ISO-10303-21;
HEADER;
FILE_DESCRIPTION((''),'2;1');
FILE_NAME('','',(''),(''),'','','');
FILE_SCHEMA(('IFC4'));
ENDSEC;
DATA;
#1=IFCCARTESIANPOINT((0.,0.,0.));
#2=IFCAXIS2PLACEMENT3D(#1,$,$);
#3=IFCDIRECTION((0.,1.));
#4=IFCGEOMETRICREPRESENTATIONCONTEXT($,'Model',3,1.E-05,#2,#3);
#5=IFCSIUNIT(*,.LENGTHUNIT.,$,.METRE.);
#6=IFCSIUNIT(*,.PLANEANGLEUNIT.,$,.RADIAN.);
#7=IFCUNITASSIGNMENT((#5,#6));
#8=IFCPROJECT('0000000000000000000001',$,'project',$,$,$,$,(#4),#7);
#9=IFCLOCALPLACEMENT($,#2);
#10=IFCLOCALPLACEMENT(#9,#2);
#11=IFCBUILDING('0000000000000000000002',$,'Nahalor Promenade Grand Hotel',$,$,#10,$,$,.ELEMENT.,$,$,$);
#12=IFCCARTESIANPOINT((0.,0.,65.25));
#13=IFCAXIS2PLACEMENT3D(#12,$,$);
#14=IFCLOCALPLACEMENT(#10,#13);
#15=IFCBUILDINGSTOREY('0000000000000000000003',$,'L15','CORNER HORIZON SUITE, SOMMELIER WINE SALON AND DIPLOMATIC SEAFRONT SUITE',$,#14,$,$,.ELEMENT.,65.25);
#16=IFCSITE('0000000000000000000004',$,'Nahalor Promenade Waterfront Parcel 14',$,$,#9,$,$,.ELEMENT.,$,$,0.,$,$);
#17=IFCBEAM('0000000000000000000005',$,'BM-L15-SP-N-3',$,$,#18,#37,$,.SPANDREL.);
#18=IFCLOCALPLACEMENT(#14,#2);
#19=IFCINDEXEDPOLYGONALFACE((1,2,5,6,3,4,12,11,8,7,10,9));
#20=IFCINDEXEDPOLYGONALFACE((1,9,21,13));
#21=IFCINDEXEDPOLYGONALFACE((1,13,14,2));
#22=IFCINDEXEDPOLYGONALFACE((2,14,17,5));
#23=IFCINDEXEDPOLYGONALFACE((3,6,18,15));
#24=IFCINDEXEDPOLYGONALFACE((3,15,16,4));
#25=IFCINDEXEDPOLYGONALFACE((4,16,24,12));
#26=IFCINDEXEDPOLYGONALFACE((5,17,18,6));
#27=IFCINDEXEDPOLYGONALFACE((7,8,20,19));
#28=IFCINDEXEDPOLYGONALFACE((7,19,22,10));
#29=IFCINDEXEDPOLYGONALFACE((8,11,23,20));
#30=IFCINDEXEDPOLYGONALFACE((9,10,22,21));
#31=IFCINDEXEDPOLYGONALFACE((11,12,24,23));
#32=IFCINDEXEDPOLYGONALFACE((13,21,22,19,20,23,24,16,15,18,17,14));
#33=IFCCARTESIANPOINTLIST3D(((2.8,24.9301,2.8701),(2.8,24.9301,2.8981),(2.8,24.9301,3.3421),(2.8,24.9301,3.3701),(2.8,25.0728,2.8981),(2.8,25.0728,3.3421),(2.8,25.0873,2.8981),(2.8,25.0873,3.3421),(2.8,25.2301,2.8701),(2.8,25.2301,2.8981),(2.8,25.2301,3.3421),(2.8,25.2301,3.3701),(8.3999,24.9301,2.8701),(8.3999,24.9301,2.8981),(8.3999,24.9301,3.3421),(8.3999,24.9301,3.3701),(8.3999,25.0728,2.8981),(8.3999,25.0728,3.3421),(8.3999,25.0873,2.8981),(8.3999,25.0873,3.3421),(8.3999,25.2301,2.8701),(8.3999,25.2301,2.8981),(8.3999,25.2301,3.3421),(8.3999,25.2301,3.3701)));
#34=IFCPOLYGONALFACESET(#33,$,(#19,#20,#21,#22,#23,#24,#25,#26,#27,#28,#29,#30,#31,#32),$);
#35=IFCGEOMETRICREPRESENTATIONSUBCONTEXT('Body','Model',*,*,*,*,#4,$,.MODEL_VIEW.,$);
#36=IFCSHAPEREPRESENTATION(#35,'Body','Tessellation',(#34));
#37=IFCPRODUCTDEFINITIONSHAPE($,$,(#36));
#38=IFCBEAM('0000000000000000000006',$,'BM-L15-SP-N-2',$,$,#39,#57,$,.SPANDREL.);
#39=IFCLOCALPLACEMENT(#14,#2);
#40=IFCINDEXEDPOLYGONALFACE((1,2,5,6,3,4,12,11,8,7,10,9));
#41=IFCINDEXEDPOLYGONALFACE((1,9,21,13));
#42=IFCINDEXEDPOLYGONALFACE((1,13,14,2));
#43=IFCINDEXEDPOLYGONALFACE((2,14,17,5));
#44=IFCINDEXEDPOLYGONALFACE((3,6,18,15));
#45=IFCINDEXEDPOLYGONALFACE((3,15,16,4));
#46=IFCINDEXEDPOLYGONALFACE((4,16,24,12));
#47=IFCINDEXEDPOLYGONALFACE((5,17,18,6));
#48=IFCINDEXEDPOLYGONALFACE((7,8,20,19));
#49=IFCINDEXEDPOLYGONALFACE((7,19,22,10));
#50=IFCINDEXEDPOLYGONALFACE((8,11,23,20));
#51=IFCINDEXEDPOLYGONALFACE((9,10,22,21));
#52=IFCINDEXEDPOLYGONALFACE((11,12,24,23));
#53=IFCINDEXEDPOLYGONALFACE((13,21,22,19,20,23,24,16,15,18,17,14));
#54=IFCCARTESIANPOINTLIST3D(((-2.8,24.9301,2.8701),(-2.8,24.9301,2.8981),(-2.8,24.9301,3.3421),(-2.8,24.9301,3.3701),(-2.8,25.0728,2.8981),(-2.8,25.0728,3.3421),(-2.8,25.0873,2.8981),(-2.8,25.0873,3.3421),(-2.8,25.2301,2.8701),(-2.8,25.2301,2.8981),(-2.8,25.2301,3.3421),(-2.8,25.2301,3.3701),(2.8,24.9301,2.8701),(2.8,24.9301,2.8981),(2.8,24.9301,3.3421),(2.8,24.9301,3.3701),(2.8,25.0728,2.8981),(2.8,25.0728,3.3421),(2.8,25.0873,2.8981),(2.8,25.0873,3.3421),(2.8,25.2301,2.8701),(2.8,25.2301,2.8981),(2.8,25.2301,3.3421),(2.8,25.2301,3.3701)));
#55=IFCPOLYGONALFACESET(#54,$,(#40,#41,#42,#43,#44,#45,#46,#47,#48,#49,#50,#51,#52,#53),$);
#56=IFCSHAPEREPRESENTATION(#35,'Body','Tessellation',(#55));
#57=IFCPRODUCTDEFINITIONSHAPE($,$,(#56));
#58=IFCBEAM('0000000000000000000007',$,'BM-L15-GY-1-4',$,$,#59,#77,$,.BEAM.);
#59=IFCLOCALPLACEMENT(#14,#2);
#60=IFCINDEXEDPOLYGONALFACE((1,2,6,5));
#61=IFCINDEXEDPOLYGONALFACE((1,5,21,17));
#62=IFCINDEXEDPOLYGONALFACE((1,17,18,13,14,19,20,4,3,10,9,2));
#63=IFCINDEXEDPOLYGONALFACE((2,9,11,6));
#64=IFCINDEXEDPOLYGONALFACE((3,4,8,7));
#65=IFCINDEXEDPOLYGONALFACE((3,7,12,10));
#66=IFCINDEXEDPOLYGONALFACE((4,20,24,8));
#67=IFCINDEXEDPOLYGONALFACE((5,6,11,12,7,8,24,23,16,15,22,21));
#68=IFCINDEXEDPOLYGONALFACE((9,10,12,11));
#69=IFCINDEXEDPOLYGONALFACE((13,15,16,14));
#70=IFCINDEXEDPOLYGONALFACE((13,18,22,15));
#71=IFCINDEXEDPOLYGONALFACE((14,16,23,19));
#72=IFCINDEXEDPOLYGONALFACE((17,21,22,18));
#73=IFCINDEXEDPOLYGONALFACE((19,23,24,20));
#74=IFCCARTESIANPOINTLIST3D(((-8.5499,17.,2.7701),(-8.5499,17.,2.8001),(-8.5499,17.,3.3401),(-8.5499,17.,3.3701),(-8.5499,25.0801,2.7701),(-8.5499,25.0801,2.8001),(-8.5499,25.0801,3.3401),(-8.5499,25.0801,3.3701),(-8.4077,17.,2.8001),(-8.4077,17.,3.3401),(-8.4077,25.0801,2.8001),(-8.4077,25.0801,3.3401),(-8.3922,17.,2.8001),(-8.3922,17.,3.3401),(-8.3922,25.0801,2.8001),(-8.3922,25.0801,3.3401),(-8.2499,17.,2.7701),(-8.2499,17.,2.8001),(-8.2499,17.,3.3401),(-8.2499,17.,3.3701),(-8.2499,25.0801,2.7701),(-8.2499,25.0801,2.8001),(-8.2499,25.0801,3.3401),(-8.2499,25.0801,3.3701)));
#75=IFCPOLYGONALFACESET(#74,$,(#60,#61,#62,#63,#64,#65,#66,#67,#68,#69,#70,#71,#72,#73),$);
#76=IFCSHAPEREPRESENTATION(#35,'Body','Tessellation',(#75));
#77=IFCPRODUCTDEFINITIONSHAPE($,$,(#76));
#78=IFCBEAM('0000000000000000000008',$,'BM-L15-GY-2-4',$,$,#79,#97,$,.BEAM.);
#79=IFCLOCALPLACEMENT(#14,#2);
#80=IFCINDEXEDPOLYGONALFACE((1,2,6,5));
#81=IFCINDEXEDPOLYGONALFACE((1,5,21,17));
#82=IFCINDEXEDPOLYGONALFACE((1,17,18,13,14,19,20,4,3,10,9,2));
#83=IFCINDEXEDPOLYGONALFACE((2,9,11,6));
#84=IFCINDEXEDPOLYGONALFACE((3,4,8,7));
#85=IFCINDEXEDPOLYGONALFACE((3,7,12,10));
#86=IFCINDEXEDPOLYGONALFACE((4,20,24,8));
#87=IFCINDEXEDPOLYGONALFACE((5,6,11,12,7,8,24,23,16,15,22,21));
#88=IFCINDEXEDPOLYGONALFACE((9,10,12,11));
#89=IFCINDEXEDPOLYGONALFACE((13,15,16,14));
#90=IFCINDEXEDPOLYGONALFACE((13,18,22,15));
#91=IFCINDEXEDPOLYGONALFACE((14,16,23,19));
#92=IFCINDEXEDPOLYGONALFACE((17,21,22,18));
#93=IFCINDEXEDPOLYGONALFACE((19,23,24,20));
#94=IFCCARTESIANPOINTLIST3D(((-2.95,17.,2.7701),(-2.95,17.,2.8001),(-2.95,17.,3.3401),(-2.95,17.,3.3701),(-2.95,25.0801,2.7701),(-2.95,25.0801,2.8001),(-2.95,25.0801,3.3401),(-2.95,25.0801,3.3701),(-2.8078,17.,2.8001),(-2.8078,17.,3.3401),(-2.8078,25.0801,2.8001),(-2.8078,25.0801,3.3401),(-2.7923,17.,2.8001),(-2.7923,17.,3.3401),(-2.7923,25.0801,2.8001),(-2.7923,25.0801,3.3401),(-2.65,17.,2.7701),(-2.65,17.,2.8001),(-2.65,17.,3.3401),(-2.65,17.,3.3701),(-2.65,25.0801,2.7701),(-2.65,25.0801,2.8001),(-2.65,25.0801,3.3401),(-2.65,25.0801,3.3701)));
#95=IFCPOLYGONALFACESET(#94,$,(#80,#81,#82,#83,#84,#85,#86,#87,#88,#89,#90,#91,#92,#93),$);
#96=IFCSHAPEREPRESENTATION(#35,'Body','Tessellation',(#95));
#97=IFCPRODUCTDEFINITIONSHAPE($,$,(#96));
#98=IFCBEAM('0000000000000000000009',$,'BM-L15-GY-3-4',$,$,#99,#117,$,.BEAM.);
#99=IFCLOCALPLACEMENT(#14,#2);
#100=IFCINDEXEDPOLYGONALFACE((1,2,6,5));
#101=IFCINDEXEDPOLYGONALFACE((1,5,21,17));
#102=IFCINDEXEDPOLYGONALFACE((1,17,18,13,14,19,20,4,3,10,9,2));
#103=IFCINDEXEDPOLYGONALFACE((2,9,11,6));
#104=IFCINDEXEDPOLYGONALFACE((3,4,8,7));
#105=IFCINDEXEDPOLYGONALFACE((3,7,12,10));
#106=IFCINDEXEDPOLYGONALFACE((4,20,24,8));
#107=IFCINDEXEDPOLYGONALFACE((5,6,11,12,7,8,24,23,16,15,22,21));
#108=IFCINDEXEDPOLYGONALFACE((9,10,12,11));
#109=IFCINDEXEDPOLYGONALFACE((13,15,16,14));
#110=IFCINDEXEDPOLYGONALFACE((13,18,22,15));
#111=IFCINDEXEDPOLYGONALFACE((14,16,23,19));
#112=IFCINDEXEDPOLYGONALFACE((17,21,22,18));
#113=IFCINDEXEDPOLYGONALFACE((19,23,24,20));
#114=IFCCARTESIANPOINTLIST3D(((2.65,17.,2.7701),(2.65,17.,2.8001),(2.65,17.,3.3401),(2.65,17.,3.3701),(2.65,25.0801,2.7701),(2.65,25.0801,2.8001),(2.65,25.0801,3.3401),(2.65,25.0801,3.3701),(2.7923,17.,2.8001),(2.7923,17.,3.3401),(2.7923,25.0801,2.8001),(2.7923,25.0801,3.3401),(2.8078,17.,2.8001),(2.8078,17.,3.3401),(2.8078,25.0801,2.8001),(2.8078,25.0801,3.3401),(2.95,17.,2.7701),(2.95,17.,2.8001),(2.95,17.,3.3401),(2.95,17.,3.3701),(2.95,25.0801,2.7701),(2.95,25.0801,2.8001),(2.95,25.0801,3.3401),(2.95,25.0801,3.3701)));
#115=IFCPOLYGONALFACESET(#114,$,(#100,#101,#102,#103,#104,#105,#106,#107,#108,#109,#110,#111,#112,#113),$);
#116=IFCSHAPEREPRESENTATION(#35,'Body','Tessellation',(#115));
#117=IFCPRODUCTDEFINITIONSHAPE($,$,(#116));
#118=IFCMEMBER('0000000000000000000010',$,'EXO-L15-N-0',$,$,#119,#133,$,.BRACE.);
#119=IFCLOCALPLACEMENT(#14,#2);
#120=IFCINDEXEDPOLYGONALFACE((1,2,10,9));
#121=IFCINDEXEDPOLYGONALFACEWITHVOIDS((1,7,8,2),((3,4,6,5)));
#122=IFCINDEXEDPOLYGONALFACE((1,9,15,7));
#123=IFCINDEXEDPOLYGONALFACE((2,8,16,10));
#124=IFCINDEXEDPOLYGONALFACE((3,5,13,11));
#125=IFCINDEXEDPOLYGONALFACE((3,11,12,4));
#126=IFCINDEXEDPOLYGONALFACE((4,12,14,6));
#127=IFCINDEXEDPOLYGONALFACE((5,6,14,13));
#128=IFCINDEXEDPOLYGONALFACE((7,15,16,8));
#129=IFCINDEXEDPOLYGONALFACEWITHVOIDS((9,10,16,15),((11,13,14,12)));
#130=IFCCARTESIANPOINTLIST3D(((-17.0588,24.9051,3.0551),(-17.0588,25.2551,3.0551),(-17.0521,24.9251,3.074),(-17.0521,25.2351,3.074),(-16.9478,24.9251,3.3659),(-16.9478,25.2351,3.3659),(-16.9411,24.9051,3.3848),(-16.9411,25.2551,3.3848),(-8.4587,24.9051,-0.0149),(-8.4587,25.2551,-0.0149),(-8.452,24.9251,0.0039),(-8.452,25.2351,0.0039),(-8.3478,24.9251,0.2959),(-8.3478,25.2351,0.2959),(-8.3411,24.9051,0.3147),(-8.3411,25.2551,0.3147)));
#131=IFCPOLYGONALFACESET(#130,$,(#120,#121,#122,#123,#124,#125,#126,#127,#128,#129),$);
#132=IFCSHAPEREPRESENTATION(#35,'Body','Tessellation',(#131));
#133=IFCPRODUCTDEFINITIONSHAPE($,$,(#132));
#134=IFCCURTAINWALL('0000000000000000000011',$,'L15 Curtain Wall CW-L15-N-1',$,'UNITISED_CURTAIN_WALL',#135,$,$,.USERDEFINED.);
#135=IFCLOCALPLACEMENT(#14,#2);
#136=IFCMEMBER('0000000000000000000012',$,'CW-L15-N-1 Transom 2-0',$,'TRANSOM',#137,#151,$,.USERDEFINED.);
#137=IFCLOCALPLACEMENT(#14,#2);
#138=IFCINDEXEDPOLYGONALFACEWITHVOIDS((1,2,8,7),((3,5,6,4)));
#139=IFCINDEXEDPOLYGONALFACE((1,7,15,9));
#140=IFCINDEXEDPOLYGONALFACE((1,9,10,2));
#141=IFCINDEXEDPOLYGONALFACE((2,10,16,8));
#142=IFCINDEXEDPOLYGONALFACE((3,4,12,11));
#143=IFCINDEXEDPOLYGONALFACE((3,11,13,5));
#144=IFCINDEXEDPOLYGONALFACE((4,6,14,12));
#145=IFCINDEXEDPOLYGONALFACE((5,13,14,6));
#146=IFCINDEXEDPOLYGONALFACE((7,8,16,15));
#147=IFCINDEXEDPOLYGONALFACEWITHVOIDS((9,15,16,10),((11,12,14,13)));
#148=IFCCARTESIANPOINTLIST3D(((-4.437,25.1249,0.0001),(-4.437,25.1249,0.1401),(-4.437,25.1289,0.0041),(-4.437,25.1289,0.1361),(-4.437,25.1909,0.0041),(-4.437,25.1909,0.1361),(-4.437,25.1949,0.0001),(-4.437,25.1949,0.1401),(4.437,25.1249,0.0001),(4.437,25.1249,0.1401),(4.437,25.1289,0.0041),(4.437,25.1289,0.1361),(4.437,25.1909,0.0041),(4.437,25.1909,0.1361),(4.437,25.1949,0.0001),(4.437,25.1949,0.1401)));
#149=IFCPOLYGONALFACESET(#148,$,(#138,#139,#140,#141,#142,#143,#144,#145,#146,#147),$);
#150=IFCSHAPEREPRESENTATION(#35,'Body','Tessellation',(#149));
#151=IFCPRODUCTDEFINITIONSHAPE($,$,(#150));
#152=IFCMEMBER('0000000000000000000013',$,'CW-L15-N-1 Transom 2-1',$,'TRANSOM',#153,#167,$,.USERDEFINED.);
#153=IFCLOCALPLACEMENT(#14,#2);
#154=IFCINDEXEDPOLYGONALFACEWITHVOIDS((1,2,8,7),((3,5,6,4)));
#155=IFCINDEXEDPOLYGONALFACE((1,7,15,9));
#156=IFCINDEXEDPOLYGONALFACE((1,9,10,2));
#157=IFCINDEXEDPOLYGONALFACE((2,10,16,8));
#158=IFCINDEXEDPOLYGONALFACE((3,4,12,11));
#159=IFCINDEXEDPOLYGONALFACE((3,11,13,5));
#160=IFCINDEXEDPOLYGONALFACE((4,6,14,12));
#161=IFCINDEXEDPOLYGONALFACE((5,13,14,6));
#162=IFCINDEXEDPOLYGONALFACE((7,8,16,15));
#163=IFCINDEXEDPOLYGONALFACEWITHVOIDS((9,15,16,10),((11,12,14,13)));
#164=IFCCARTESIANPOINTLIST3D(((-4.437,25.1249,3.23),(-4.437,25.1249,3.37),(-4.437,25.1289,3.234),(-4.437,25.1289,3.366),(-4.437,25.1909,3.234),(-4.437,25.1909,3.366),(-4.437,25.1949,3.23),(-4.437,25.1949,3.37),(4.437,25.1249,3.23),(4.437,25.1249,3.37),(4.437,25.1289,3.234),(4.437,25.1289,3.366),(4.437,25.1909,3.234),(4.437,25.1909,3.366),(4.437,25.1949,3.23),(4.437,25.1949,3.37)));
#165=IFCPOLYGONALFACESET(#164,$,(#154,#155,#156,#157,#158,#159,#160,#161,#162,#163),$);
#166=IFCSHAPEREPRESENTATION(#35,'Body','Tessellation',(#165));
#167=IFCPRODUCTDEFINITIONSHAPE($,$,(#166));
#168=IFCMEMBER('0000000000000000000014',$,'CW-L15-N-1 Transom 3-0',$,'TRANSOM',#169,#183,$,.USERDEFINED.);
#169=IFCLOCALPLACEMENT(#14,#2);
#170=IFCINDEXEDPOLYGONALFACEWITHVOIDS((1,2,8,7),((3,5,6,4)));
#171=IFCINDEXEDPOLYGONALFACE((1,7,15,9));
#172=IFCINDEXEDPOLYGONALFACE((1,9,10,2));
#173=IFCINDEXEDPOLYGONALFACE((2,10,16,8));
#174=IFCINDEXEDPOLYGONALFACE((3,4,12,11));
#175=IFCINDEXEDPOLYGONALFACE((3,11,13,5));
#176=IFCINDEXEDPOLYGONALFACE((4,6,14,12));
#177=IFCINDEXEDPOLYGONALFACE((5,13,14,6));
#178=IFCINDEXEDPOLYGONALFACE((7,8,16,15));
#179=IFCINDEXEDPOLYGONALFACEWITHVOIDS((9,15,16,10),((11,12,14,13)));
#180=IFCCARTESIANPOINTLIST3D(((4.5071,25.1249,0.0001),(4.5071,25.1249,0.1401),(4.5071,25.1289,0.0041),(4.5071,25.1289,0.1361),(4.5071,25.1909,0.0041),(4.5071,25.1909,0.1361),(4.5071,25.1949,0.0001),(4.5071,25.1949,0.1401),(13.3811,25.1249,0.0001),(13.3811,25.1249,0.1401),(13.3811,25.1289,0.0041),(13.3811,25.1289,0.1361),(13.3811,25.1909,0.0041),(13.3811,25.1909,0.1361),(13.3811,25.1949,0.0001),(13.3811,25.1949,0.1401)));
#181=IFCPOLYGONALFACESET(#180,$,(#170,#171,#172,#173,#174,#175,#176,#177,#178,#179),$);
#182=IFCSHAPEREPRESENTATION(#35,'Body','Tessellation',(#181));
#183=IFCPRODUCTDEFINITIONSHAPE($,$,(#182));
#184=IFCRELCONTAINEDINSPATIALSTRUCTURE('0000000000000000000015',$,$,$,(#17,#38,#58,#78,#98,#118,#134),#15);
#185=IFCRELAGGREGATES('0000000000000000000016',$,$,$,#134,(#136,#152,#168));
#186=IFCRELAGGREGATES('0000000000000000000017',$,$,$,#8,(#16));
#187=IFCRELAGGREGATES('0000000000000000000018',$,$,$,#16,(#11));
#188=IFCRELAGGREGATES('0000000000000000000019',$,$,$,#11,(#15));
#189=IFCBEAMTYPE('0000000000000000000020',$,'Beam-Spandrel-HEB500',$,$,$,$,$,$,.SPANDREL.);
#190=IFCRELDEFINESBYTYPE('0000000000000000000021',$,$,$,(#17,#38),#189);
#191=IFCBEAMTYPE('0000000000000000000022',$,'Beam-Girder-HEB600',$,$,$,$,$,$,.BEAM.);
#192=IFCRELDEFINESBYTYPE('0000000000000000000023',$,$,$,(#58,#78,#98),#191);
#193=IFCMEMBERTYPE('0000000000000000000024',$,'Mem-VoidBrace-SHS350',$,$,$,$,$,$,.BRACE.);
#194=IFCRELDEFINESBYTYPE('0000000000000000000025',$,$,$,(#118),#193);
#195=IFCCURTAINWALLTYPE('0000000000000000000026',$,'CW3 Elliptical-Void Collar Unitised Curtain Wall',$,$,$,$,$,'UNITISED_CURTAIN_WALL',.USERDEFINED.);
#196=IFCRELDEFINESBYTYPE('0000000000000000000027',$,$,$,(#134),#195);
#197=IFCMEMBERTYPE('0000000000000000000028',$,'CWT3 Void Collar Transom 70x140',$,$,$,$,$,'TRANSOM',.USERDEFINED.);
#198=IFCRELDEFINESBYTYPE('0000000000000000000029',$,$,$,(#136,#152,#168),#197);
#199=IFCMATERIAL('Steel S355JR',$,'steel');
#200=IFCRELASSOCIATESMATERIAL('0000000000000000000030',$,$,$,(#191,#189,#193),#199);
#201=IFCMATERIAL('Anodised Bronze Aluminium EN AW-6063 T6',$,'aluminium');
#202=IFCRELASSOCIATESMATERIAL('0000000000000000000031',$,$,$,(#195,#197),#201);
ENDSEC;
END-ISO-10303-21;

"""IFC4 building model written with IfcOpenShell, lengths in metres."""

from ifc_helpers import new_model, si_unit, direction, frame, origin, origin_2d, place, context, subcontext, project, spatial, hollow_rectangle, i_section, extrude, source, transform, mapped, material, material_profile, profile_set, type_object, element, aggregate, save


model = new_model("IFC4")

# Units and contexts
model_context = context("Model", 3, precision=1e-05, world=origin(), true_north=direction((0.0, 1.0)))
body_context = subcontext(model_context, "Body", "Model", "MODEL_VIEW")
ifc_project = project(units=[si_unit("LENGTHUNIT", "METRE"), si_unit("PLANEANGLEUNIT", "RADIAN")], contexts=[model_context])

# Site, building, storey
site_placement = place(None, origin())
site = spatial("IfcSite", under=ifc_project, at=site_placement, Name="Nahalor Promenade Waterfront Parcel 14", CompositionType="ELEMENT", RefElevation=0.0)
building_placement = place(site_placement, origin())
building = spatial("IfcBuilding", under=site, at=building_placement, Name="Nahalor Promenade Grand Hotel", CompositionType="ELEMENT")
storey_placement = place(building_placement, frame((0.0, 0.0, 65.25)))
storey = spatial("IfcBuildingStorey", under=building, at=storey_placement, Name="L15", Description="CORNER HORIZON SUITE, SOMMELIER WINE SALON AND DIPLOMATIC SEAFRONT SUITE", CompositionType="ELEMENT", Elevation=65.25)

# Beams
ifc_material_1 = material(Name="Steel S355JR", Category="steel")
ifc_material_profile_1 = material_profile(ifc_material_1, i_section(OverallWidth=0.3, OverallDepth=0.6, WebThickness=0.0155, FlangeThickness=0.03, at=origin_2d()), Name="HEB 600")
ifc_profile_set_1 = profile_set([ifc_material_profile_1], Name="Steel S355JR")
beam_type_1 = type_object("IfcBeamType", Name="Beam-Girder-HEB600", PredefinedType="BEAM", material=ifc_profile_set_1)
ifc_material_profile_2 = material_profile(ifc_material_1, i_section(OverallWidth=0.3, OverallDepth=0.5, WebThickness=0.0145, FlangeThickness=0.028, at=origin_2d()), Name="HEB 500")
ifc_profile_set_2 = profile_set([ifc_material_profile_2], Name="Steel S355JR")
beam_type_2 = type_object("IfcBeamType", Name="Beam-Spandrel-HEB500", PredefinedType="SPANDREL", material=ifc_profile_set_2)
shared_shape_1 = source(origin(), body_context, "Body", "SweptSolid", [
    extrude(i_section(OverallWidth=0.3, OverallDepth=0.5, WebThickness=0.0145, FlangeThickness=0.028, at=origin_2d()), origin(), (0.0, 0.0, 1.0), 5.5999),
])
for number, where, z_axis, x_axis, name in (
    (1, (2.8, 25.0801, 3.1201), (1.0, 0.0, 0.0), (0.0, 1.0, 0.0), "BM-L15-SP-N-3"),
):
    element("IfcBeam", number, at=place(storey_placement, frame(where, z_axis=z_axis, x_axis=x_axis)), inside=storey, type_object=beam_type_2, Name=name, PredefinedType="SPANDREL", context=body_context, shape_type="MappedRepresentation", body=[
        mapped(shared_shape_1, transform((0.0, 0.0, 0.0), scale=1.0)),
    ])
shared_shape_2 = source(origin(), body_context, "Body", "SweptSolid", [
    extrude(i_section(OverallWidth=0.3, OverallDepth=0.5, WebThickness=0.0145, FlangeThickness=0.028, at=origin_2d()), origin(), (0.0, 0.0, 1.0), 5.6001),
])
beam_1_placement = place(storey_placement, frame((-2.8, 25.0801, 3.1201), z_axis=(1.0, 0.0, 0.0), x_axis=(0.0, 1.0, 0.0)))
element("IfcBeam", 2, at=beam_1_placement, inside=storey, type_object=beam_type_2, Name="BM-L15-SP-N-2", PredefinedType="SPANDREL", context=body_context, shape_type="MappedRepresentation", body=[
    mapped(shared_shape_2, transform((0.0, 0.0, 0.0), scale=1.0)),
])
shared_shape_3 = source(origin(), body_context, "Body", "SweptSolid", [
    extrude(i_section(OverallWidth=0.3, OverallDepth=0.6, WebThickness=0.0155, FlangeThickness=0.03, at=origin_2d()), origin(), (0.0, 0.0, 1.0), 8.0801),
])
for number, where, z_axis, x_axis, name in (
    (3, (-8.3999, 17.0, 3.0701), (0.0, 1.0, 0.0), (-1.0, 0.0, 0.0), "BM-L15-GY-1-4"),
    (4, (-2.8, 17.0, 3.0701), (0.0, 1.0, 0.0), (-1.0, 0.0, 0.0), "BM-L15-GY-2-4"),
    (5, (2.8, 17.0, 3.0701), (0.0, 1.0, 0.0), (-1.0, 0.0, 0.0), "BM-L15-GY-3-4"),
):
    element("IfcBeam", number, at=place(storey_placement, frame(where, z_axis=z_axis, x_axis=x_axis)), inside=storey, type_object=beam_type_1, Name=name, PredefinedType="BEAM", context=body_context, shape_type="MappedRepresentation", body=[
        mapped(shared_shape_3, transform((0.0, 0.0, 0.0), scale=1.0)),
    ])

# Member
ifc_material_profile_3 = material_profile(ifc_material_1, hollow_rectangle(XDim=0.35, YDim=0.35, WallThickness=0.02, at=origin_2d()), Name="SHS 350x350x20")
ifc_profile_set_3 = profile_set([ifc_material_profile_3], Name="Steel S355JR")
member_type_1 = type_object("IfcMemberType", Name="Mem-VoidBrace-SHS350", PredefinedType="BRACE", material=ifc_profile_set_3)
shared_shape_4 = source(origin(), body_context, "Body", "SweptSolid", [
    extrude(hollow_rectangle(XDim=0.35, YDim=0.35, WallThickness=0.02, at=origin_2d()), origin(), (0.0, 0.0, 1.0), 9.1316),
])
member_1_placement = place(storey_placement, frame((-8.3999, 25.0801, 0.1499), z_axis=(-0.94179, 0.0, 0.336201), x_axis=(0.0, -1.0, 0.0)))
element("IfcMember", 6, at=member_1_placement, inside=storey, type_object=member_type_1, Name="EXO-L15-N-0", PredefinedType="BRACE", context=body_context, shape_type="MappedRepresentation", body=[
    mapped(shared_shape_4, transform((0.0, 0.0, 0.0), scale=1.0)),
])

# Curtain wall, members
ifc_material_2 = material(Name="Anodised Bronze Aluminium EN AW-6063 T6", Category="aluminium")
curtain_wall_type = type_object("IfcCurtainWallType", Name="CW3 Elliptical-Void Collar Unitised Curtain Wall", ElementType="UNITISED_CURTAIN_WALL", PredefinedType="USERDEFINED", material=ifc_material_2)
curtain_wall_placement = place(storey_placement, origin())
curtain_wall = element("IfcCurtainWall", 7, at=curtain_wall_placement, inside=storey, type_object=curtain_wall_type, Name="L15 Curtain Wall CW-L15-N-1", ObjectType="UNITISED_CURTAIN_WALL", PredefinedType="USERDEFINED")
ifc_material_profile_4 = material_profile(ifc_material_2, hollow_rectangle(XDim=0.07, YDim=0.14, WallThickness=0.004, at=origin_2d()), Name="CWT 70x140x4")
ifc_profile_set_4 = profile_set([ifc_material_profile_4], Name="Anodised Bronze Aluminium EN AW-6063 T6")
member_type_2 = type_object("IfcMemberType", Name="CWT3 Void Collar Transom 70x140", ElementType="TRANSOM", PredefinedType="USERDEFINED", material=ifc_profile_set_4)
shared_shape_5 = source(origin(), body_context, "Body", "SweptSolid", [
    extrude(hollow_rectangle(XDim=0.07, YDim=0.14, WallThickness=0.004, at=origin_2d()), origin(), (0.0, 0.0, 1.0), 8.874),
])
member_2_placement = place(storey_placement, frame((-4.437, 25.1599, 0.0701), z_axis=(1.0, 0.0, 0.0), x_axis=(0.0, 1.0, 0.0)))
member_2 = element("IfcMember", 8, at=member_2_placement, type_object=member_type_2, Name="CW-L15-N-1 Transom 2-0", ObjectType="TRANSOM", PredefinedType="USERDEFINED", context=body_context, shape_type="MappedRepresentation", body=[
    mapped(shared_shape_5, transform((0.0, 0.0, 0.0), scale=1.0)),
])
member_3_placement = place(storey_placement, frame((-4.437, 25.1599, 3.3), z_axis=(1.0, 0.0, 0.0), x_axis=(0.0, 1.0, 0.0)))
member_3 = element("IfcMember", 9, at=member_3_placement, type_object=member_type_2, Name="CW-L15-N-1 Transom 2-1", ObjectType="TRANSOM", PredefinedType="USERDEFINED", context=body_context, shape_type="MappedRepresentation", body=[
    mapped(shared_shape_5, transform((0.0, 0.0, 0.0), scale=1.0)),
])
member_4_placement = place(storey_placement, frame((4.5071, 25.1599, 0.0701), z_axis=(1.0, 0.0, 0.0), x_axis=(0.0, 1.0, 0.0)))
member_4 = element("IfcMember", 10, at=member_4_placement, type_object=member_type_2, Name="CW-L15-N-1 Transom 3-0", ObjectType="TRANSOM", PredefinedType="USERDEFINED", context=body_context, shape_type="MappedRepresentation", body=[
    mapped(shared_shape_5, transform((0.0, 0.0, 0.0), scale=1.0)),
])
aggregate(curtain_wall, [member_2, member_3, member_4])

save(model, "model.ifc")
